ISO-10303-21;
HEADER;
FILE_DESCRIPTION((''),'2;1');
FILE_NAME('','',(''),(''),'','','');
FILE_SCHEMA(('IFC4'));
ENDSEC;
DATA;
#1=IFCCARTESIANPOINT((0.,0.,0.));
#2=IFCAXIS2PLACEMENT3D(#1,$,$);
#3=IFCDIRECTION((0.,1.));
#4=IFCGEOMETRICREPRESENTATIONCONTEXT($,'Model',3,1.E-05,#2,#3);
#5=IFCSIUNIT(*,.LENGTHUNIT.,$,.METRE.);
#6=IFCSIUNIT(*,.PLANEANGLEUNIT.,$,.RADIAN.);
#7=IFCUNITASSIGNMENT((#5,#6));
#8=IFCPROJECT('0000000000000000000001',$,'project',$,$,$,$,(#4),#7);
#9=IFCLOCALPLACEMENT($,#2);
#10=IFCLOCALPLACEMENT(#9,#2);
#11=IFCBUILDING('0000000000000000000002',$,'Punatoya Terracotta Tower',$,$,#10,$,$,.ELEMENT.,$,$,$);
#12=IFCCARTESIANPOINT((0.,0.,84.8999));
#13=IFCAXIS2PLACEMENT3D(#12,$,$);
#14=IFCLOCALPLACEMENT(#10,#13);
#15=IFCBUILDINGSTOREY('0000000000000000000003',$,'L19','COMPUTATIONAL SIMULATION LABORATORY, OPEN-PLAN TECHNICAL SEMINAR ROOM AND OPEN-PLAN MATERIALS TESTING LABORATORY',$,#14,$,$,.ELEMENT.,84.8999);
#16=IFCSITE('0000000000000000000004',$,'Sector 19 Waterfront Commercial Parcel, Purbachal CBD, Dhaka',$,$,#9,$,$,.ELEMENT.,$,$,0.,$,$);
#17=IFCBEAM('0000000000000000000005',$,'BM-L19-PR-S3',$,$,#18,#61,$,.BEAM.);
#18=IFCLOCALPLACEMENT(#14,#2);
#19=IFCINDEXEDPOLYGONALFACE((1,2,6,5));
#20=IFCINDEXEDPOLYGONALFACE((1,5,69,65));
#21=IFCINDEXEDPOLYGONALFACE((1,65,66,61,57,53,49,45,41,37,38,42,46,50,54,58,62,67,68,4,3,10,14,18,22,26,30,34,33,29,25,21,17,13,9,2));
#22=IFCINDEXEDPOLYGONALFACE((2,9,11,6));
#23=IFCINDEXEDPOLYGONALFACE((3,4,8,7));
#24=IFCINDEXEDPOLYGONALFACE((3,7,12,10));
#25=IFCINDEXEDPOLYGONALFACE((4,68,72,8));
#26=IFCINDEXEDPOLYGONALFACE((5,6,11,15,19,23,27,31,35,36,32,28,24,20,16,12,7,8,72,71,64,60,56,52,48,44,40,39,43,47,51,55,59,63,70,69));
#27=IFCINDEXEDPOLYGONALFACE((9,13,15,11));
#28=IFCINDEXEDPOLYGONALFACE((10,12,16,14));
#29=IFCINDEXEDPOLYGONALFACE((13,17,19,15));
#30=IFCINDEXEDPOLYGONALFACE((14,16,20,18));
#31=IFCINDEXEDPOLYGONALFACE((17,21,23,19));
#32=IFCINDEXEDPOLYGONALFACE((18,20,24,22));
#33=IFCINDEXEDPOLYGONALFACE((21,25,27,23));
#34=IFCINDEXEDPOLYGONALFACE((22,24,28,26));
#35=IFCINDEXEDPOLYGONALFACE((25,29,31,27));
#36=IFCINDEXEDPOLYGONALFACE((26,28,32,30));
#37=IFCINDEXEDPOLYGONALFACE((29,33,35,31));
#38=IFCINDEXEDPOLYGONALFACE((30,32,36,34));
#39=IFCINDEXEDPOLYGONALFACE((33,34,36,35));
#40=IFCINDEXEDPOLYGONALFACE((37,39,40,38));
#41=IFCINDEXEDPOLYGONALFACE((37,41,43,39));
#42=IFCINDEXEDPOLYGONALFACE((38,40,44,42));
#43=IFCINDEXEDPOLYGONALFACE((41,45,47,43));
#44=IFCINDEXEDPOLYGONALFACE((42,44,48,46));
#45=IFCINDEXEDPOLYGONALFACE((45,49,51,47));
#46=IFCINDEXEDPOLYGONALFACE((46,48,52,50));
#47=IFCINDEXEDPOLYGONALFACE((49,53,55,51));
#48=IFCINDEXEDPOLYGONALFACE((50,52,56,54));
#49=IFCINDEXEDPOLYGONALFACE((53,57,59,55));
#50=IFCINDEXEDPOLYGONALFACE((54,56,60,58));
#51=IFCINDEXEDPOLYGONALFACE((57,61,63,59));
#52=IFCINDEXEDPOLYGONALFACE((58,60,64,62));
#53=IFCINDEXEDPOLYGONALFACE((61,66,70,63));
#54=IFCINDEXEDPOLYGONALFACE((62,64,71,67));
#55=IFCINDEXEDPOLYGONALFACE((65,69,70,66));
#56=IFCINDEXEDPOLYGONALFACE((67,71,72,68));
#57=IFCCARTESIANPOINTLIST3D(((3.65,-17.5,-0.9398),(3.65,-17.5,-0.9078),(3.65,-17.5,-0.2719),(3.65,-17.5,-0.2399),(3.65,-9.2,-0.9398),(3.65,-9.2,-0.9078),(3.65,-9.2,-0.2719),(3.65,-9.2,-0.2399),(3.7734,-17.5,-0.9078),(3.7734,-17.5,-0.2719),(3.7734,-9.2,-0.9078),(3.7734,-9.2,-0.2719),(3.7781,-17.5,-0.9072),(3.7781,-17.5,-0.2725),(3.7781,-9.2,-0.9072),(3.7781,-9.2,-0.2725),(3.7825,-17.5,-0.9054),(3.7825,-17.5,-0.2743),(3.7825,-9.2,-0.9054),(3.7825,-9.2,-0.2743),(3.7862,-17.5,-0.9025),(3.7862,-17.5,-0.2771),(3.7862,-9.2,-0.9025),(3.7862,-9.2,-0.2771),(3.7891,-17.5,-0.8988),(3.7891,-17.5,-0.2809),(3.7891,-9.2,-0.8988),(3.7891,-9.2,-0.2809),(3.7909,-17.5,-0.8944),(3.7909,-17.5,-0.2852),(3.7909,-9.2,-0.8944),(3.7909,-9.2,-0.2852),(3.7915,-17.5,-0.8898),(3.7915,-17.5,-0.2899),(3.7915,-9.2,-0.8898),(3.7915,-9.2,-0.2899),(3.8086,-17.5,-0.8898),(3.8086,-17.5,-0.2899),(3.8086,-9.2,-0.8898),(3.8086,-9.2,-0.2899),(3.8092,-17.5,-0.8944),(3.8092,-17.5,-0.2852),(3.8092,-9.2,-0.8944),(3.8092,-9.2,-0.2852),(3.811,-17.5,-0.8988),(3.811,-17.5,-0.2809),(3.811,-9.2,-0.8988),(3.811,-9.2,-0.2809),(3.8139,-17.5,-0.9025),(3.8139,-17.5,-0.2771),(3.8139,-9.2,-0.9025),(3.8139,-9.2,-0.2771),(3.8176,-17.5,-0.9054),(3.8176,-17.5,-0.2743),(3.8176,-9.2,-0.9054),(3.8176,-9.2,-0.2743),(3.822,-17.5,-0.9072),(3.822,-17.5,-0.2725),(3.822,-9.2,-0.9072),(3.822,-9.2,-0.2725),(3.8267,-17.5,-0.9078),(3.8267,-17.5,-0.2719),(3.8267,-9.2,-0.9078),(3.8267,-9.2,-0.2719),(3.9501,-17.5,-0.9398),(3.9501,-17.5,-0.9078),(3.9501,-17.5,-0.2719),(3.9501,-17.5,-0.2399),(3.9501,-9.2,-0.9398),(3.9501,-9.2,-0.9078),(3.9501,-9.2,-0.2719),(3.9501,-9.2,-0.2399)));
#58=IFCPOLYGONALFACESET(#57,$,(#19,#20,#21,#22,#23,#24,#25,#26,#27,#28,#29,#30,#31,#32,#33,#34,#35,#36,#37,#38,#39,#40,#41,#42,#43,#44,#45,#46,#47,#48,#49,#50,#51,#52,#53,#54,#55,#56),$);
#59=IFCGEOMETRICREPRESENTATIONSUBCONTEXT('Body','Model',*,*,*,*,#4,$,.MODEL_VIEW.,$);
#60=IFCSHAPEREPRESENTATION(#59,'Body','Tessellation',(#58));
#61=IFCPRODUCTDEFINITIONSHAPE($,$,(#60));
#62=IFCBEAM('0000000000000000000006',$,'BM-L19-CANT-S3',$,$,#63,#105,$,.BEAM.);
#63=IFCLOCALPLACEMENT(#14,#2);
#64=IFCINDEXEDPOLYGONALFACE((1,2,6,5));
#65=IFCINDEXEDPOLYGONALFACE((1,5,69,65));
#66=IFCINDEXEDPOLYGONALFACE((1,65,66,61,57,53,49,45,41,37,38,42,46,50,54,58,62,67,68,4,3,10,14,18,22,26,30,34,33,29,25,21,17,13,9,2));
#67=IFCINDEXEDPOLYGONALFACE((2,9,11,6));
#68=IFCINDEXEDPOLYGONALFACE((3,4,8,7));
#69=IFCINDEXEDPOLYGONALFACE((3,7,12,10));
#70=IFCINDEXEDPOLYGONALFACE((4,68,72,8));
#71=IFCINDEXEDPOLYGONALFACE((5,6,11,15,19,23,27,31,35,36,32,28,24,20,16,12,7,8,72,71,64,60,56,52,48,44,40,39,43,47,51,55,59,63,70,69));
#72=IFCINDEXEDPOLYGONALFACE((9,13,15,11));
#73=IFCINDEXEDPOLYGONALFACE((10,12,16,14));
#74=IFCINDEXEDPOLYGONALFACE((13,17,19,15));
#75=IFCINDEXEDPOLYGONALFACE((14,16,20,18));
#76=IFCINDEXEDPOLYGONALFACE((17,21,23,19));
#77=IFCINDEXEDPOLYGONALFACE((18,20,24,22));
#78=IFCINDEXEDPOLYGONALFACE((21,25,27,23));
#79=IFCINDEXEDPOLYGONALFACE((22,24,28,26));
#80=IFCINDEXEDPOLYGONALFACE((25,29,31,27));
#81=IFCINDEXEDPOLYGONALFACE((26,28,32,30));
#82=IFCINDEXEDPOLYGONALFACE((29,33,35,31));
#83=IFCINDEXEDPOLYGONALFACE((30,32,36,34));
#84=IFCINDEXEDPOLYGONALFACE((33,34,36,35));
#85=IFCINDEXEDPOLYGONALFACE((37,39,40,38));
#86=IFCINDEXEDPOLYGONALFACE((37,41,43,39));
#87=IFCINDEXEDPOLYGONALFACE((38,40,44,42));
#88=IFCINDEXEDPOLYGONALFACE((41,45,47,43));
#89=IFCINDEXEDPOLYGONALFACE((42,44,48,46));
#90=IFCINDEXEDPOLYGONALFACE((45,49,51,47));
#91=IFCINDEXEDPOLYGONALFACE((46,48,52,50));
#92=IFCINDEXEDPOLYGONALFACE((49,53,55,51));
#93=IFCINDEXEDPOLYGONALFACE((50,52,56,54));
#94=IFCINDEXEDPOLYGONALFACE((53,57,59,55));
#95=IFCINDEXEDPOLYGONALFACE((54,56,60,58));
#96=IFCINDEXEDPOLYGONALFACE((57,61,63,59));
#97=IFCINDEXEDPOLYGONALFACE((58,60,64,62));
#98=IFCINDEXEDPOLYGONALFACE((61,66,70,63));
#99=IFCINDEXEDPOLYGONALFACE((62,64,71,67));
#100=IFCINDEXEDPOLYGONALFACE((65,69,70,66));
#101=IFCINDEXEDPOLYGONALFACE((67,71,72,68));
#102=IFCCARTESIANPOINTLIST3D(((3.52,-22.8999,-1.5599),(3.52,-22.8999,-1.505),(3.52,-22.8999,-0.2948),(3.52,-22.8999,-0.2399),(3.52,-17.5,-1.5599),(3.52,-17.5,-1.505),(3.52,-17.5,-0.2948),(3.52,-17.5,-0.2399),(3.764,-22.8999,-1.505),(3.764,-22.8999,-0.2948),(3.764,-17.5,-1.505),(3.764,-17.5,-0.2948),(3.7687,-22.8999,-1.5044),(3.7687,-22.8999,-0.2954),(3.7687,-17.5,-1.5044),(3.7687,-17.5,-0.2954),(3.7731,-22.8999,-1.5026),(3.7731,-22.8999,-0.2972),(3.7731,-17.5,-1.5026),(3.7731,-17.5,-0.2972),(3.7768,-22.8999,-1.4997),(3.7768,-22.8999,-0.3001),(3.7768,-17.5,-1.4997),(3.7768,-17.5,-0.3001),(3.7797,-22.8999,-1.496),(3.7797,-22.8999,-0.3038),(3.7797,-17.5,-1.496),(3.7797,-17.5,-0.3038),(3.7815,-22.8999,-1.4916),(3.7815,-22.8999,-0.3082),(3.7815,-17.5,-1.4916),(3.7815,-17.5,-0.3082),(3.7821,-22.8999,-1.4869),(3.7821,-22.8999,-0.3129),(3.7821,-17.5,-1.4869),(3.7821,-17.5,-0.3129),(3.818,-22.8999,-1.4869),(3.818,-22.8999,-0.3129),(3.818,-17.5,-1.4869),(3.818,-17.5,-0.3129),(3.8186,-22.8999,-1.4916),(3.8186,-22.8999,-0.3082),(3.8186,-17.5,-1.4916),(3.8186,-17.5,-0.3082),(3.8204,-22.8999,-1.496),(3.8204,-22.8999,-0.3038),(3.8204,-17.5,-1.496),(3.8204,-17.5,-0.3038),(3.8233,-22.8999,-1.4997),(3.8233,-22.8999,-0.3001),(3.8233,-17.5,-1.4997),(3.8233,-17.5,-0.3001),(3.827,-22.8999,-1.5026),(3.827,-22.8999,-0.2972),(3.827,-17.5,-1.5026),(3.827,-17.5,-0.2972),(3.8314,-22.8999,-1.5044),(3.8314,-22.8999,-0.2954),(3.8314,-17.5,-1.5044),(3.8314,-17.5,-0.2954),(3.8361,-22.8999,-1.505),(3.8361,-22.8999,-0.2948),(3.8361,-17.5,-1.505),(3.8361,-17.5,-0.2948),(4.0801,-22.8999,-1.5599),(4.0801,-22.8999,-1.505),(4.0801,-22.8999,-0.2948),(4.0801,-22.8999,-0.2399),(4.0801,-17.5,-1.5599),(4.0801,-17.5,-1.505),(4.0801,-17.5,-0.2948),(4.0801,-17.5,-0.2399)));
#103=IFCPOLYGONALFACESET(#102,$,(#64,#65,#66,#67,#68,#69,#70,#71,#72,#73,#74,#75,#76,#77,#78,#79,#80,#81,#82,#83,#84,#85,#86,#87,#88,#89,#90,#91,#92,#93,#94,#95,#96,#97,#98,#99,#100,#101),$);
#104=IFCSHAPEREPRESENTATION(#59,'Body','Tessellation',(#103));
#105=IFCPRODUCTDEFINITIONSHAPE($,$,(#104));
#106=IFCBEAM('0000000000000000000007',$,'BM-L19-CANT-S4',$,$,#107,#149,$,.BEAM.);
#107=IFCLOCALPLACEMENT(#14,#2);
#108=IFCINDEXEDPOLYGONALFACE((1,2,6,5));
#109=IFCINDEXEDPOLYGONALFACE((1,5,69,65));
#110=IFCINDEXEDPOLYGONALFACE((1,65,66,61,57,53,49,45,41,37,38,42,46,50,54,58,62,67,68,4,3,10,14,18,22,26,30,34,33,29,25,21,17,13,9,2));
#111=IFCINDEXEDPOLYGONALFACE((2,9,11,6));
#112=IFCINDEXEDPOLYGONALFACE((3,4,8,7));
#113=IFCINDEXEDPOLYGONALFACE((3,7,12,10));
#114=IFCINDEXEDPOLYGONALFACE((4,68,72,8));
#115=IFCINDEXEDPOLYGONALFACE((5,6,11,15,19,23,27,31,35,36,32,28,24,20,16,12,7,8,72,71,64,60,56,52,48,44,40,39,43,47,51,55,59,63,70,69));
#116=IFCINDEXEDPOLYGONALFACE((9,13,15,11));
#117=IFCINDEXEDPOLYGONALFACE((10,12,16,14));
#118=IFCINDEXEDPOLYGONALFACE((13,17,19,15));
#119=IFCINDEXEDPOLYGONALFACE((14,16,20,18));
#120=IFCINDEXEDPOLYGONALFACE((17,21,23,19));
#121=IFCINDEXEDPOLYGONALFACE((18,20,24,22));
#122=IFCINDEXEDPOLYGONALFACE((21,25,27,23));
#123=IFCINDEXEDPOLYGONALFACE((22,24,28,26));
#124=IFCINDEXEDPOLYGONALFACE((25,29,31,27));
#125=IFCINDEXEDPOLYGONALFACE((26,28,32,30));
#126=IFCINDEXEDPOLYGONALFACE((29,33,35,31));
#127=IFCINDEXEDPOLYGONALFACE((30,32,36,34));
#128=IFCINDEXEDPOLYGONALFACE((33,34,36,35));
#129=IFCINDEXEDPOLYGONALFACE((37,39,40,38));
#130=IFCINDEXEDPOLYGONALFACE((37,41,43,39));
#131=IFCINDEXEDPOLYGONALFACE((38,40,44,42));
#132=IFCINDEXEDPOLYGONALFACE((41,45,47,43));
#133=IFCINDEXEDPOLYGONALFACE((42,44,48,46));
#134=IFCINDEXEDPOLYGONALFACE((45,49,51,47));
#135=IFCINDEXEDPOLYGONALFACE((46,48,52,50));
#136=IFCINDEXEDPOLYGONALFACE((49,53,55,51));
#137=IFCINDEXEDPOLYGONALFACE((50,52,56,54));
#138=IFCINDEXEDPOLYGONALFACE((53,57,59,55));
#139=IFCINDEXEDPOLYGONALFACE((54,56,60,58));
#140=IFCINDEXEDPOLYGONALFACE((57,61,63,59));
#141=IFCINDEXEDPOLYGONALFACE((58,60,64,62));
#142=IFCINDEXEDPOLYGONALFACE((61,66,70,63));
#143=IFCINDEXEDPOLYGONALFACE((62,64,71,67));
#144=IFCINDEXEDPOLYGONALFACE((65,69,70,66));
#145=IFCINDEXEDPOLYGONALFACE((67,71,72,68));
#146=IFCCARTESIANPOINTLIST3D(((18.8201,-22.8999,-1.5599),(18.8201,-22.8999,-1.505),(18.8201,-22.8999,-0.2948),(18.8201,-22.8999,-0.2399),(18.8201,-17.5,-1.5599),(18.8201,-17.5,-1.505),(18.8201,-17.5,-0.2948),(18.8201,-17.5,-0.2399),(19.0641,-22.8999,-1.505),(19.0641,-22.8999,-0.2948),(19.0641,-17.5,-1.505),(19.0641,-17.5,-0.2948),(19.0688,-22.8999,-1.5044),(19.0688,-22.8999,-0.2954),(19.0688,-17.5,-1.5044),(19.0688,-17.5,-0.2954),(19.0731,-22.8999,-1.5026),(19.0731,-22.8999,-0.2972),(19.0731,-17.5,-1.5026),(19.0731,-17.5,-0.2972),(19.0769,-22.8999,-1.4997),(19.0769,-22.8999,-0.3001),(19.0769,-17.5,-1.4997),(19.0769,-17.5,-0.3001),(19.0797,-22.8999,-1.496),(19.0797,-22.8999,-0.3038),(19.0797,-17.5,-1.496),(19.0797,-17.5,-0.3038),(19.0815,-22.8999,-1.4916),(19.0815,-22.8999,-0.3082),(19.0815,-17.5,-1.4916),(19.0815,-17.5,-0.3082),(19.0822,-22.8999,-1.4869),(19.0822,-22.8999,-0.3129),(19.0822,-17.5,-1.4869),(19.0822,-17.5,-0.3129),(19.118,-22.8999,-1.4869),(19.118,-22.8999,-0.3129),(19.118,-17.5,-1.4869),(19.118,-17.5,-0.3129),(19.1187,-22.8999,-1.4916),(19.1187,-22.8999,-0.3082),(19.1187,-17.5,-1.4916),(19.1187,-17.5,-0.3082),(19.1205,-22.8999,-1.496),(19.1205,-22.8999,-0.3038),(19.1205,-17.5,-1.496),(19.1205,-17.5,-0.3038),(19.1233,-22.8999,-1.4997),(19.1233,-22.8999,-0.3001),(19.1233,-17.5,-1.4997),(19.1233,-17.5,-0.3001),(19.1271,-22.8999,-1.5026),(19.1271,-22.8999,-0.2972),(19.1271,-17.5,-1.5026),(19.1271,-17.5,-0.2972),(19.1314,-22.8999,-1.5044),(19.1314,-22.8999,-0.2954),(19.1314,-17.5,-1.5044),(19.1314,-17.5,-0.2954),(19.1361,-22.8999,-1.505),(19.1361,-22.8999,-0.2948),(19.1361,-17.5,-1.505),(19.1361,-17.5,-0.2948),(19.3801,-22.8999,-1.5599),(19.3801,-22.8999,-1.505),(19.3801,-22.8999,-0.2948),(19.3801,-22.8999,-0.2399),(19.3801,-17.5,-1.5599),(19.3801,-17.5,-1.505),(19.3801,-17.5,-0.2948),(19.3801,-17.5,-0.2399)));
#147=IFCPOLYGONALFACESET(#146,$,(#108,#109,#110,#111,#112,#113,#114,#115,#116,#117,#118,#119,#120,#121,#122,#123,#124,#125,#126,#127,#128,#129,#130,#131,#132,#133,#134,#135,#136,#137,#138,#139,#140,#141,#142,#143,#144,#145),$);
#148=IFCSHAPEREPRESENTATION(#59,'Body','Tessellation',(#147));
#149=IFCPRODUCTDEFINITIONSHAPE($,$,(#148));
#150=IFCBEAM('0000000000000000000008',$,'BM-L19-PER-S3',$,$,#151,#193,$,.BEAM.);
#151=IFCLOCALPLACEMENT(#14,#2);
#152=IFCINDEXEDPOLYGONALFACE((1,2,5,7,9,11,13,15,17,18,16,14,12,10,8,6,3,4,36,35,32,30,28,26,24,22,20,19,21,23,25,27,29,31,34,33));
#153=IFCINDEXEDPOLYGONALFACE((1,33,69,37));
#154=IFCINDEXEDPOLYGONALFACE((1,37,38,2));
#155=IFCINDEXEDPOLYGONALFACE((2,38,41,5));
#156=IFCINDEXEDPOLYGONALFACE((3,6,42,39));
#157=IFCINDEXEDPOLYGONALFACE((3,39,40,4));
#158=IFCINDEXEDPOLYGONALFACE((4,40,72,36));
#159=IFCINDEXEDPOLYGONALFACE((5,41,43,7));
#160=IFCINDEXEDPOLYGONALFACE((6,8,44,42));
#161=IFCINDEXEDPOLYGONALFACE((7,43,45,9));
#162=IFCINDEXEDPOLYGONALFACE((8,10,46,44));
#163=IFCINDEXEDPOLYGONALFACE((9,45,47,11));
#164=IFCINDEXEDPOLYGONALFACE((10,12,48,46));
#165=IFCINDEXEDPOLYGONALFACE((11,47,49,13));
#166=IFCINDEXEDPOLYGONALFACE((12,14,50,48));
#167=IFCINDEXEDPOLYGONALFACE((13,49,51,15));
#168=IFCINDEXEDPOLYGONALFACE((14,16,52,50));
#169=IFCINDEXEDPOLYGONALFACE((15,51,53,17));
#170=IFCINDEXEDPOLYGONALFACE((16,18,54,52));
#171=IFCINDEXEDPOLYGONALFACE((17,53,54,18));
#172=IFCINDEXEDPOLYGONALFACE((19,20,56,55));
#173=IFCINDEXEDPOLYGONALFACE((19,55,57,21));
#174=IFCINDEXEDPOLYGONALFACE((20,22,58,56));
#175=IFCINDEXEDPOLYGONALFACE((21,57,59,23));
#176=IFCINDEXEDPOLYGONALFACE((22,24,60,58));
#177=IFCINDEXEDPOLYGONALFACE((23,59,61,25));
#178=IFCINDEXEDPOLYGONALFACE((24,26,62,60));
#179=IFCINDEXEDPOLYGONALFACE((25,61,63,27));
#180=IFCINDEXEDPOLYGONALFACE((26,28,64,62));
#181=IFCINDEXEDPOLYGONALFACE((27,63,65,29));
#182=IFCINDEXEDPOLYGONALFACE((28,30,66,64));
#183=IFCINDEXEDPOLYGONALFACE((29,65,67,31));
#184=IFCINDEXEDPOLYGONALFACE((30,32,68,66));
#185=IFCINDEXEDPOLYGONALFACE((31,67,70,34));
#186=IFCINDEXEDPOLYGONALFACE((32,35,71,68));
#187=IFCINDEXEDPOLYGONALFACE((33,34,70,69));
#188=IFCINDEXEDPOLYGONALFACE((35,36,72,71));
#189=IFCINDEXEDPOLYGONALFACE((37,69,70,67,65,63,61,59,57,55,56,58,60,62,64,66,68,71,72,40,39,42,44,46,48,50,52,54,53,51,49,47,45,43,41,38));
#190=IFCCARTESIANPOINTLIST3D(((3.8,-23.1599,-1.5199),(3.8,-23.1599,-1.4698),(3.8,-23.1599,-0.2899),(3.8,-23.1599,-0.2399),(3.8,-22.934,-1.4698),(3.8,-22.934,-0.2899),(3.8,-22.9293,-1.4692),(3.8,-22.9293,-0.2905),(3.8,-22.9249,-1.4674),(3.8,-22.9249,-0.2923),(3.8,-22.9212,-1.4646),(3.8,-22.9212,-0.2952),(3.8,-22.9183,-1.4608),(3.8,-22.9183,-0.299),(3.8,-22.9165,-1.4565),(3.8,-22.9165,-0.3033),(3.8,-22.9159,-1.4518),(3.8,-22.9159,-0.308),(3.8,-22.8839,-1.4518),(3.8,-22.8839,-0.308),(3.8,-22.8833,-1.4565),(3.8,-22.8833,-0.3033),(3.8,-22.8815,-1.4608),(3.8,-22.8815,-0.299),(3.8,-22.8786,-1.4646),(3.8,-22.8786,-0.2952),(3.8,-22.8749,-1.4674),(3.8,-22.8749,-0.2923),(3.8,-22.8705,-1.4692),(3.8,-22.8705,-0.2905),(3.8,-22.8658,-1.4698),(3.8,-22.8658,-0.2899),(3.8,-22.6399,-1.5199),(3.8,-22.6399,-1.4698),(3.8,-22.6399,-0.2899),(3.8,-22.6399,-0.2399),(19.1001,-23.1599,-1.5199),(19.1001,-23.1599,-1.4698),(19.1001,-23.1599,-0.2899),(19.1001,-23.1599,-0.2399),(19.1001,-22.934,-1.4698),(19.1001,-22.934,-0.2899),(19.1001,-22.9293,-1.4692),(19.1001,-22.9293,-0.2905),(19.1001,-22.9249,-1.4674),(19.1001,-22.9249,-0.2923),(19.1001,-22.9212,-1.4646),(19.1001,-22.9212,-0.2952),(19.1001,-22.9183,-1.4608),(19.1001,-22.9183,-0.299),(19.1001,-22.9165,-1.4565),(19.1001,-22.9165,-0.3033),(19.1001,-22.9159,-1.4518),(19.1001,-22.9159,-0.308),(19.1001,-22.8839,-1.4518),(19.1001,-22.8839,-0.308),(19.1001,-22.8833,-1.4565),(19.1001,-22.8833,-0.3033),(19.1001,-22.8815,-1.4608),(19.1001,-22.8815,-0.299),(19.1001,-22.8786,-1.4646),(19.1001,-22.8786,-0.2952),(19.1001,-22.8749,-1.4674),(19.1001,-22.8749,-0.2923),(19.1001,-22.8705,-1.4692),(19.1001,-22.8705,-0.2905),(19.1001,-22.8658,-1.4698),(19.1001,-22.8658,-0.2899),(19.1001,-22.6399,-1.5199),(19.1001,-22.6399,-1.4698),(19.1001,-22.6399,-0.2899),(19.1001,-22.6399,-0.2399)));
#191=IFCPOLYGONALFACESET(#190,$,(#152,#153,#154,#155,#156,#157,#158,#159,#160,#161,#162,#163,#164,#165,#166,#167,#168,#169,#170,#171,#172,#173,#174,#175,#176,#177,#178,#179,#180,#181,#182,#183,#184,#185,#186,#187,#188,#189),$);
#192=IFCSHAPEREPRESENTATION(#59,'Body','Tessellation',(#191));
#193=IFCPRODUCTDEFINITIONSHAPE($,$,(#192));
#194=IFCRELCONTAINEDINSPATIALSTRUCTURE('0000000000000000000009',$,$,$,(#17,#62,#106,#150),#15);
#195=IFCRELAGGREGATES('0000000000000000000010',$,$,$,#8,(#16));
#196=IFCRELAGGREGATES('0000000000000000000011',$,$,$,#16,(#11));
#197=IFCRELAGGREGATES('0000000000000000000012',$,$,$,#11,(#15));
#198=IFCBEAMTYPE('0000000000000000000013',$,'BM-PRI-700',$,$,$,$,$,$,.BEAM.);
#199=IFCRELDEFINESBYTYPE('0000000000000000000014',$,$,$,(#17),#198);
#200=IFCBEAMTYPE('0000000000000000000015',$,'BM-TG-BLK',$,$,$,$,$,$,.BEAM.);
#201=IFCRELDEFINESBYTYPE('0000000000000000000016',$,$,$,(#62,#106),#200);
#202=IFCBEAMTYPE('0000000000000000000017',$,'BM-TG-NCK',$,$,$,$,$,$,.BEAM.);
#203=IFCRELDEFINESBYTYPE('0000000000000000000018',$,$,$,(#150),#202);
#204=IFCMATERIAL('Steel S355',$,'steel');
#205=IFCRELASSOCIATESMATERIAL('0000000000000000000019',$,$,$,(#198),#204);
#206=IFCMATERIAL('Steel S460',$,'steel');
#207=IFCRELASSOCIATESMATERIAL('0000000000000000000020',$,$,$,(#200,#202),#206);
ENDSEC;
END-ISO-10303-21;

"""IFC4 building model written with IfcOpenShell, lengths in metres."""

from ifc_helpers import new_model, si_unit, direction, frame, origin, origin_2d, place, context, subcontext, project, spatial, i_section, extrude, material, material_profile, profile_set, type_object, element, save


model = new_model("IFC4")

# Units and contexts
model_context = context("Model", 3, precision=1e-05, world=origin(), true_north=direction((0.0, 1.0)))
body_context = subcontext(model_context, "Body", "Model", "MODEL_VIEW")
ifc_project = project(units=[si_unit("LENGTHUNIT", "METRE"), si_unit("PLANEANGLEUNIT", "RADIAN")], contexts=[model_context])

# Site, building, storey
site_placement = place(None, origin())
site = spatial("IfcSite", under=ifc_project, at=site_placement, Name="Sector 19 Waterfront Commercial Parcel, Purbachal CBD, Dhaka", CompositionType="ELEMENT", RefElevation=0.0)
building_placement = place(site_placement, origin())
building = spatial("IfcBuilding", under=site, at=building_placement, Name="Punatoya Terracotta Tower", CompositionType="ELEMENT")
storey_placement = place(building_placement, frame((0.0, 0.0, 84.8999)))
storey = spatial("IfcBuildingStorey", under=building, at=storey_placement, Name="L19", Description="COMPUTATIONAL SIMULATION LABORATORY, OPEN-PLAN TECHNICAL SEMINAR ROOM AND OPEN-PLAN MATERIALS TESTING LABORATORY", CompositionType="ELEMENT", Elevation=84.8999)

# Shared definitions
ifc_material_1 = material(Name="Steel S460", Category="steel")

# Beams
ifc_material_2 = material(Name="Steel S355", Category="steel")
ifc_material_profile_1 = material_profile(ifc_material_2, i_section(OverallWidth=0.3, OverallDepth=0.7, WebThickness=0.0171, FlangeThickness=0.032, FilletRadius=0.0181, at=origin_2d()))
ifc_profile_set_1 = profile_set([ifc_material_profile_1], Name="Steel S355")
beam_type_1 = type_object("IfcBeamType", Name="BM-PRI-700", PredefinedType="BEAM", material=ifc_profile_set_1)
beam_1_placement = place(storey_placement, frame((3.8, -17.5, -0.5898), z_axis=(0.0, 1.0, 0.0), x_axis=(-1.0, 0.0, 0.0)))
element("IfcBeam", 1, at=beam_1_placement, inside=storey, type_object=beam_type_1, Name="BM-L19-PR-S3", PredefinedType="BEAM", context=body_context, shape_type="SweptSolid", body=[
    extrude(i_section(OverallWidth=0.3, OverallDepth=0.7, WebThickness=0.0171, FlangeThickness=0.032, FilletRadius=0.0181, at=origin_2d()), origin(), (0.0, 0.0, 1.0), 8.3),
])
ifc_material_profile_2 = material_profile(ifc_material_1, i_section(OverallWidth=0.5601, OverallDepth=1.3201, WebThickness=0.0359, FlangeThickness=0.0549, FilletRadius=0.0181, at=origin_2d()))
ifc_profile_set_2 = profile_set([ifc_material_profile_2], Name="Steel S460")
beam_type_2 = type_object("IfcBeamType", Name="BM-TG-BLK", PredefinedType="BEAM", material=ifc_profile_set_2)
for number, where, z_axis, x_axis, name in (
    (2, (3.8, -22.8999, -0.8999), (0.0, 1.0, 0.0), (-1.0, 0.0, 0.0), "BM-L19-CANT-S3"),
    (3, (19.1001, -22.8999, -0.8999), (0.0, 1.0, 0.0), (-1.0, 0.0, 0.0), "BM-L19-CANT-S4"),
):
    element("IfcBeam", number, at=place(storey_placement, frame(where, z_axis=z_axis, x_axis=x_axis)), inside=storey, type_object=beam_type_2, Name=name, PredefinedType="BEAM", context=body_context, shape_type="SweptSolid", body=[
        extrude(i_section(OverallWidth=0.5601, OverallDepth=1.3201, WebThickness=0.0359, FlangeThickness=0.0549, FilletRadius=0.0181, at=origin_2d()), origin(), (0.0, 0.0, 1.0), 5.3999),
    ])
ifc_material_profile_3 = material_profile(ifc_material_1, i_section(OverallWidth=0.52, OverallDepth=1.28, WebThickness=0.032, FlangeThickness=0.05, FilletRadius=0.0181, at=origin_2d()))
ifc_profile_set_3 = profile_set([ifc_material_profile_3], Name="Steel S460")
beam_type_3 = type_object("IfcBeamType", Name="BM-TG-NCK", PredefinedType="BEAM", material=ifc_profile_set_3)
beam_2_placement = place(storey_placement, frame((3.8, -22.8999, -0.8799), z_axis=(1.0, 0.0, 0.0), x_axis=(0.0, 1.0, 0.0)))
element("IfcBeam", 4, at=beam_2_placement, inside=storey, type_object=beam_type_3, Name="BM-L19-PER-S3", PredefinedType="BEAM", context=body_context, shape_type="SweptSolid", body=[
    extrude(i_section(OverallWidth=0.52, OverallDepth=1.28, WebThickness=0.032, FlangeThickness=0.05, FilletRadius=0.0181, at=origin_2d()), origin(), (0.0, 0.0, 1.0), 15.3),
])

save(model, "model.ifc")
